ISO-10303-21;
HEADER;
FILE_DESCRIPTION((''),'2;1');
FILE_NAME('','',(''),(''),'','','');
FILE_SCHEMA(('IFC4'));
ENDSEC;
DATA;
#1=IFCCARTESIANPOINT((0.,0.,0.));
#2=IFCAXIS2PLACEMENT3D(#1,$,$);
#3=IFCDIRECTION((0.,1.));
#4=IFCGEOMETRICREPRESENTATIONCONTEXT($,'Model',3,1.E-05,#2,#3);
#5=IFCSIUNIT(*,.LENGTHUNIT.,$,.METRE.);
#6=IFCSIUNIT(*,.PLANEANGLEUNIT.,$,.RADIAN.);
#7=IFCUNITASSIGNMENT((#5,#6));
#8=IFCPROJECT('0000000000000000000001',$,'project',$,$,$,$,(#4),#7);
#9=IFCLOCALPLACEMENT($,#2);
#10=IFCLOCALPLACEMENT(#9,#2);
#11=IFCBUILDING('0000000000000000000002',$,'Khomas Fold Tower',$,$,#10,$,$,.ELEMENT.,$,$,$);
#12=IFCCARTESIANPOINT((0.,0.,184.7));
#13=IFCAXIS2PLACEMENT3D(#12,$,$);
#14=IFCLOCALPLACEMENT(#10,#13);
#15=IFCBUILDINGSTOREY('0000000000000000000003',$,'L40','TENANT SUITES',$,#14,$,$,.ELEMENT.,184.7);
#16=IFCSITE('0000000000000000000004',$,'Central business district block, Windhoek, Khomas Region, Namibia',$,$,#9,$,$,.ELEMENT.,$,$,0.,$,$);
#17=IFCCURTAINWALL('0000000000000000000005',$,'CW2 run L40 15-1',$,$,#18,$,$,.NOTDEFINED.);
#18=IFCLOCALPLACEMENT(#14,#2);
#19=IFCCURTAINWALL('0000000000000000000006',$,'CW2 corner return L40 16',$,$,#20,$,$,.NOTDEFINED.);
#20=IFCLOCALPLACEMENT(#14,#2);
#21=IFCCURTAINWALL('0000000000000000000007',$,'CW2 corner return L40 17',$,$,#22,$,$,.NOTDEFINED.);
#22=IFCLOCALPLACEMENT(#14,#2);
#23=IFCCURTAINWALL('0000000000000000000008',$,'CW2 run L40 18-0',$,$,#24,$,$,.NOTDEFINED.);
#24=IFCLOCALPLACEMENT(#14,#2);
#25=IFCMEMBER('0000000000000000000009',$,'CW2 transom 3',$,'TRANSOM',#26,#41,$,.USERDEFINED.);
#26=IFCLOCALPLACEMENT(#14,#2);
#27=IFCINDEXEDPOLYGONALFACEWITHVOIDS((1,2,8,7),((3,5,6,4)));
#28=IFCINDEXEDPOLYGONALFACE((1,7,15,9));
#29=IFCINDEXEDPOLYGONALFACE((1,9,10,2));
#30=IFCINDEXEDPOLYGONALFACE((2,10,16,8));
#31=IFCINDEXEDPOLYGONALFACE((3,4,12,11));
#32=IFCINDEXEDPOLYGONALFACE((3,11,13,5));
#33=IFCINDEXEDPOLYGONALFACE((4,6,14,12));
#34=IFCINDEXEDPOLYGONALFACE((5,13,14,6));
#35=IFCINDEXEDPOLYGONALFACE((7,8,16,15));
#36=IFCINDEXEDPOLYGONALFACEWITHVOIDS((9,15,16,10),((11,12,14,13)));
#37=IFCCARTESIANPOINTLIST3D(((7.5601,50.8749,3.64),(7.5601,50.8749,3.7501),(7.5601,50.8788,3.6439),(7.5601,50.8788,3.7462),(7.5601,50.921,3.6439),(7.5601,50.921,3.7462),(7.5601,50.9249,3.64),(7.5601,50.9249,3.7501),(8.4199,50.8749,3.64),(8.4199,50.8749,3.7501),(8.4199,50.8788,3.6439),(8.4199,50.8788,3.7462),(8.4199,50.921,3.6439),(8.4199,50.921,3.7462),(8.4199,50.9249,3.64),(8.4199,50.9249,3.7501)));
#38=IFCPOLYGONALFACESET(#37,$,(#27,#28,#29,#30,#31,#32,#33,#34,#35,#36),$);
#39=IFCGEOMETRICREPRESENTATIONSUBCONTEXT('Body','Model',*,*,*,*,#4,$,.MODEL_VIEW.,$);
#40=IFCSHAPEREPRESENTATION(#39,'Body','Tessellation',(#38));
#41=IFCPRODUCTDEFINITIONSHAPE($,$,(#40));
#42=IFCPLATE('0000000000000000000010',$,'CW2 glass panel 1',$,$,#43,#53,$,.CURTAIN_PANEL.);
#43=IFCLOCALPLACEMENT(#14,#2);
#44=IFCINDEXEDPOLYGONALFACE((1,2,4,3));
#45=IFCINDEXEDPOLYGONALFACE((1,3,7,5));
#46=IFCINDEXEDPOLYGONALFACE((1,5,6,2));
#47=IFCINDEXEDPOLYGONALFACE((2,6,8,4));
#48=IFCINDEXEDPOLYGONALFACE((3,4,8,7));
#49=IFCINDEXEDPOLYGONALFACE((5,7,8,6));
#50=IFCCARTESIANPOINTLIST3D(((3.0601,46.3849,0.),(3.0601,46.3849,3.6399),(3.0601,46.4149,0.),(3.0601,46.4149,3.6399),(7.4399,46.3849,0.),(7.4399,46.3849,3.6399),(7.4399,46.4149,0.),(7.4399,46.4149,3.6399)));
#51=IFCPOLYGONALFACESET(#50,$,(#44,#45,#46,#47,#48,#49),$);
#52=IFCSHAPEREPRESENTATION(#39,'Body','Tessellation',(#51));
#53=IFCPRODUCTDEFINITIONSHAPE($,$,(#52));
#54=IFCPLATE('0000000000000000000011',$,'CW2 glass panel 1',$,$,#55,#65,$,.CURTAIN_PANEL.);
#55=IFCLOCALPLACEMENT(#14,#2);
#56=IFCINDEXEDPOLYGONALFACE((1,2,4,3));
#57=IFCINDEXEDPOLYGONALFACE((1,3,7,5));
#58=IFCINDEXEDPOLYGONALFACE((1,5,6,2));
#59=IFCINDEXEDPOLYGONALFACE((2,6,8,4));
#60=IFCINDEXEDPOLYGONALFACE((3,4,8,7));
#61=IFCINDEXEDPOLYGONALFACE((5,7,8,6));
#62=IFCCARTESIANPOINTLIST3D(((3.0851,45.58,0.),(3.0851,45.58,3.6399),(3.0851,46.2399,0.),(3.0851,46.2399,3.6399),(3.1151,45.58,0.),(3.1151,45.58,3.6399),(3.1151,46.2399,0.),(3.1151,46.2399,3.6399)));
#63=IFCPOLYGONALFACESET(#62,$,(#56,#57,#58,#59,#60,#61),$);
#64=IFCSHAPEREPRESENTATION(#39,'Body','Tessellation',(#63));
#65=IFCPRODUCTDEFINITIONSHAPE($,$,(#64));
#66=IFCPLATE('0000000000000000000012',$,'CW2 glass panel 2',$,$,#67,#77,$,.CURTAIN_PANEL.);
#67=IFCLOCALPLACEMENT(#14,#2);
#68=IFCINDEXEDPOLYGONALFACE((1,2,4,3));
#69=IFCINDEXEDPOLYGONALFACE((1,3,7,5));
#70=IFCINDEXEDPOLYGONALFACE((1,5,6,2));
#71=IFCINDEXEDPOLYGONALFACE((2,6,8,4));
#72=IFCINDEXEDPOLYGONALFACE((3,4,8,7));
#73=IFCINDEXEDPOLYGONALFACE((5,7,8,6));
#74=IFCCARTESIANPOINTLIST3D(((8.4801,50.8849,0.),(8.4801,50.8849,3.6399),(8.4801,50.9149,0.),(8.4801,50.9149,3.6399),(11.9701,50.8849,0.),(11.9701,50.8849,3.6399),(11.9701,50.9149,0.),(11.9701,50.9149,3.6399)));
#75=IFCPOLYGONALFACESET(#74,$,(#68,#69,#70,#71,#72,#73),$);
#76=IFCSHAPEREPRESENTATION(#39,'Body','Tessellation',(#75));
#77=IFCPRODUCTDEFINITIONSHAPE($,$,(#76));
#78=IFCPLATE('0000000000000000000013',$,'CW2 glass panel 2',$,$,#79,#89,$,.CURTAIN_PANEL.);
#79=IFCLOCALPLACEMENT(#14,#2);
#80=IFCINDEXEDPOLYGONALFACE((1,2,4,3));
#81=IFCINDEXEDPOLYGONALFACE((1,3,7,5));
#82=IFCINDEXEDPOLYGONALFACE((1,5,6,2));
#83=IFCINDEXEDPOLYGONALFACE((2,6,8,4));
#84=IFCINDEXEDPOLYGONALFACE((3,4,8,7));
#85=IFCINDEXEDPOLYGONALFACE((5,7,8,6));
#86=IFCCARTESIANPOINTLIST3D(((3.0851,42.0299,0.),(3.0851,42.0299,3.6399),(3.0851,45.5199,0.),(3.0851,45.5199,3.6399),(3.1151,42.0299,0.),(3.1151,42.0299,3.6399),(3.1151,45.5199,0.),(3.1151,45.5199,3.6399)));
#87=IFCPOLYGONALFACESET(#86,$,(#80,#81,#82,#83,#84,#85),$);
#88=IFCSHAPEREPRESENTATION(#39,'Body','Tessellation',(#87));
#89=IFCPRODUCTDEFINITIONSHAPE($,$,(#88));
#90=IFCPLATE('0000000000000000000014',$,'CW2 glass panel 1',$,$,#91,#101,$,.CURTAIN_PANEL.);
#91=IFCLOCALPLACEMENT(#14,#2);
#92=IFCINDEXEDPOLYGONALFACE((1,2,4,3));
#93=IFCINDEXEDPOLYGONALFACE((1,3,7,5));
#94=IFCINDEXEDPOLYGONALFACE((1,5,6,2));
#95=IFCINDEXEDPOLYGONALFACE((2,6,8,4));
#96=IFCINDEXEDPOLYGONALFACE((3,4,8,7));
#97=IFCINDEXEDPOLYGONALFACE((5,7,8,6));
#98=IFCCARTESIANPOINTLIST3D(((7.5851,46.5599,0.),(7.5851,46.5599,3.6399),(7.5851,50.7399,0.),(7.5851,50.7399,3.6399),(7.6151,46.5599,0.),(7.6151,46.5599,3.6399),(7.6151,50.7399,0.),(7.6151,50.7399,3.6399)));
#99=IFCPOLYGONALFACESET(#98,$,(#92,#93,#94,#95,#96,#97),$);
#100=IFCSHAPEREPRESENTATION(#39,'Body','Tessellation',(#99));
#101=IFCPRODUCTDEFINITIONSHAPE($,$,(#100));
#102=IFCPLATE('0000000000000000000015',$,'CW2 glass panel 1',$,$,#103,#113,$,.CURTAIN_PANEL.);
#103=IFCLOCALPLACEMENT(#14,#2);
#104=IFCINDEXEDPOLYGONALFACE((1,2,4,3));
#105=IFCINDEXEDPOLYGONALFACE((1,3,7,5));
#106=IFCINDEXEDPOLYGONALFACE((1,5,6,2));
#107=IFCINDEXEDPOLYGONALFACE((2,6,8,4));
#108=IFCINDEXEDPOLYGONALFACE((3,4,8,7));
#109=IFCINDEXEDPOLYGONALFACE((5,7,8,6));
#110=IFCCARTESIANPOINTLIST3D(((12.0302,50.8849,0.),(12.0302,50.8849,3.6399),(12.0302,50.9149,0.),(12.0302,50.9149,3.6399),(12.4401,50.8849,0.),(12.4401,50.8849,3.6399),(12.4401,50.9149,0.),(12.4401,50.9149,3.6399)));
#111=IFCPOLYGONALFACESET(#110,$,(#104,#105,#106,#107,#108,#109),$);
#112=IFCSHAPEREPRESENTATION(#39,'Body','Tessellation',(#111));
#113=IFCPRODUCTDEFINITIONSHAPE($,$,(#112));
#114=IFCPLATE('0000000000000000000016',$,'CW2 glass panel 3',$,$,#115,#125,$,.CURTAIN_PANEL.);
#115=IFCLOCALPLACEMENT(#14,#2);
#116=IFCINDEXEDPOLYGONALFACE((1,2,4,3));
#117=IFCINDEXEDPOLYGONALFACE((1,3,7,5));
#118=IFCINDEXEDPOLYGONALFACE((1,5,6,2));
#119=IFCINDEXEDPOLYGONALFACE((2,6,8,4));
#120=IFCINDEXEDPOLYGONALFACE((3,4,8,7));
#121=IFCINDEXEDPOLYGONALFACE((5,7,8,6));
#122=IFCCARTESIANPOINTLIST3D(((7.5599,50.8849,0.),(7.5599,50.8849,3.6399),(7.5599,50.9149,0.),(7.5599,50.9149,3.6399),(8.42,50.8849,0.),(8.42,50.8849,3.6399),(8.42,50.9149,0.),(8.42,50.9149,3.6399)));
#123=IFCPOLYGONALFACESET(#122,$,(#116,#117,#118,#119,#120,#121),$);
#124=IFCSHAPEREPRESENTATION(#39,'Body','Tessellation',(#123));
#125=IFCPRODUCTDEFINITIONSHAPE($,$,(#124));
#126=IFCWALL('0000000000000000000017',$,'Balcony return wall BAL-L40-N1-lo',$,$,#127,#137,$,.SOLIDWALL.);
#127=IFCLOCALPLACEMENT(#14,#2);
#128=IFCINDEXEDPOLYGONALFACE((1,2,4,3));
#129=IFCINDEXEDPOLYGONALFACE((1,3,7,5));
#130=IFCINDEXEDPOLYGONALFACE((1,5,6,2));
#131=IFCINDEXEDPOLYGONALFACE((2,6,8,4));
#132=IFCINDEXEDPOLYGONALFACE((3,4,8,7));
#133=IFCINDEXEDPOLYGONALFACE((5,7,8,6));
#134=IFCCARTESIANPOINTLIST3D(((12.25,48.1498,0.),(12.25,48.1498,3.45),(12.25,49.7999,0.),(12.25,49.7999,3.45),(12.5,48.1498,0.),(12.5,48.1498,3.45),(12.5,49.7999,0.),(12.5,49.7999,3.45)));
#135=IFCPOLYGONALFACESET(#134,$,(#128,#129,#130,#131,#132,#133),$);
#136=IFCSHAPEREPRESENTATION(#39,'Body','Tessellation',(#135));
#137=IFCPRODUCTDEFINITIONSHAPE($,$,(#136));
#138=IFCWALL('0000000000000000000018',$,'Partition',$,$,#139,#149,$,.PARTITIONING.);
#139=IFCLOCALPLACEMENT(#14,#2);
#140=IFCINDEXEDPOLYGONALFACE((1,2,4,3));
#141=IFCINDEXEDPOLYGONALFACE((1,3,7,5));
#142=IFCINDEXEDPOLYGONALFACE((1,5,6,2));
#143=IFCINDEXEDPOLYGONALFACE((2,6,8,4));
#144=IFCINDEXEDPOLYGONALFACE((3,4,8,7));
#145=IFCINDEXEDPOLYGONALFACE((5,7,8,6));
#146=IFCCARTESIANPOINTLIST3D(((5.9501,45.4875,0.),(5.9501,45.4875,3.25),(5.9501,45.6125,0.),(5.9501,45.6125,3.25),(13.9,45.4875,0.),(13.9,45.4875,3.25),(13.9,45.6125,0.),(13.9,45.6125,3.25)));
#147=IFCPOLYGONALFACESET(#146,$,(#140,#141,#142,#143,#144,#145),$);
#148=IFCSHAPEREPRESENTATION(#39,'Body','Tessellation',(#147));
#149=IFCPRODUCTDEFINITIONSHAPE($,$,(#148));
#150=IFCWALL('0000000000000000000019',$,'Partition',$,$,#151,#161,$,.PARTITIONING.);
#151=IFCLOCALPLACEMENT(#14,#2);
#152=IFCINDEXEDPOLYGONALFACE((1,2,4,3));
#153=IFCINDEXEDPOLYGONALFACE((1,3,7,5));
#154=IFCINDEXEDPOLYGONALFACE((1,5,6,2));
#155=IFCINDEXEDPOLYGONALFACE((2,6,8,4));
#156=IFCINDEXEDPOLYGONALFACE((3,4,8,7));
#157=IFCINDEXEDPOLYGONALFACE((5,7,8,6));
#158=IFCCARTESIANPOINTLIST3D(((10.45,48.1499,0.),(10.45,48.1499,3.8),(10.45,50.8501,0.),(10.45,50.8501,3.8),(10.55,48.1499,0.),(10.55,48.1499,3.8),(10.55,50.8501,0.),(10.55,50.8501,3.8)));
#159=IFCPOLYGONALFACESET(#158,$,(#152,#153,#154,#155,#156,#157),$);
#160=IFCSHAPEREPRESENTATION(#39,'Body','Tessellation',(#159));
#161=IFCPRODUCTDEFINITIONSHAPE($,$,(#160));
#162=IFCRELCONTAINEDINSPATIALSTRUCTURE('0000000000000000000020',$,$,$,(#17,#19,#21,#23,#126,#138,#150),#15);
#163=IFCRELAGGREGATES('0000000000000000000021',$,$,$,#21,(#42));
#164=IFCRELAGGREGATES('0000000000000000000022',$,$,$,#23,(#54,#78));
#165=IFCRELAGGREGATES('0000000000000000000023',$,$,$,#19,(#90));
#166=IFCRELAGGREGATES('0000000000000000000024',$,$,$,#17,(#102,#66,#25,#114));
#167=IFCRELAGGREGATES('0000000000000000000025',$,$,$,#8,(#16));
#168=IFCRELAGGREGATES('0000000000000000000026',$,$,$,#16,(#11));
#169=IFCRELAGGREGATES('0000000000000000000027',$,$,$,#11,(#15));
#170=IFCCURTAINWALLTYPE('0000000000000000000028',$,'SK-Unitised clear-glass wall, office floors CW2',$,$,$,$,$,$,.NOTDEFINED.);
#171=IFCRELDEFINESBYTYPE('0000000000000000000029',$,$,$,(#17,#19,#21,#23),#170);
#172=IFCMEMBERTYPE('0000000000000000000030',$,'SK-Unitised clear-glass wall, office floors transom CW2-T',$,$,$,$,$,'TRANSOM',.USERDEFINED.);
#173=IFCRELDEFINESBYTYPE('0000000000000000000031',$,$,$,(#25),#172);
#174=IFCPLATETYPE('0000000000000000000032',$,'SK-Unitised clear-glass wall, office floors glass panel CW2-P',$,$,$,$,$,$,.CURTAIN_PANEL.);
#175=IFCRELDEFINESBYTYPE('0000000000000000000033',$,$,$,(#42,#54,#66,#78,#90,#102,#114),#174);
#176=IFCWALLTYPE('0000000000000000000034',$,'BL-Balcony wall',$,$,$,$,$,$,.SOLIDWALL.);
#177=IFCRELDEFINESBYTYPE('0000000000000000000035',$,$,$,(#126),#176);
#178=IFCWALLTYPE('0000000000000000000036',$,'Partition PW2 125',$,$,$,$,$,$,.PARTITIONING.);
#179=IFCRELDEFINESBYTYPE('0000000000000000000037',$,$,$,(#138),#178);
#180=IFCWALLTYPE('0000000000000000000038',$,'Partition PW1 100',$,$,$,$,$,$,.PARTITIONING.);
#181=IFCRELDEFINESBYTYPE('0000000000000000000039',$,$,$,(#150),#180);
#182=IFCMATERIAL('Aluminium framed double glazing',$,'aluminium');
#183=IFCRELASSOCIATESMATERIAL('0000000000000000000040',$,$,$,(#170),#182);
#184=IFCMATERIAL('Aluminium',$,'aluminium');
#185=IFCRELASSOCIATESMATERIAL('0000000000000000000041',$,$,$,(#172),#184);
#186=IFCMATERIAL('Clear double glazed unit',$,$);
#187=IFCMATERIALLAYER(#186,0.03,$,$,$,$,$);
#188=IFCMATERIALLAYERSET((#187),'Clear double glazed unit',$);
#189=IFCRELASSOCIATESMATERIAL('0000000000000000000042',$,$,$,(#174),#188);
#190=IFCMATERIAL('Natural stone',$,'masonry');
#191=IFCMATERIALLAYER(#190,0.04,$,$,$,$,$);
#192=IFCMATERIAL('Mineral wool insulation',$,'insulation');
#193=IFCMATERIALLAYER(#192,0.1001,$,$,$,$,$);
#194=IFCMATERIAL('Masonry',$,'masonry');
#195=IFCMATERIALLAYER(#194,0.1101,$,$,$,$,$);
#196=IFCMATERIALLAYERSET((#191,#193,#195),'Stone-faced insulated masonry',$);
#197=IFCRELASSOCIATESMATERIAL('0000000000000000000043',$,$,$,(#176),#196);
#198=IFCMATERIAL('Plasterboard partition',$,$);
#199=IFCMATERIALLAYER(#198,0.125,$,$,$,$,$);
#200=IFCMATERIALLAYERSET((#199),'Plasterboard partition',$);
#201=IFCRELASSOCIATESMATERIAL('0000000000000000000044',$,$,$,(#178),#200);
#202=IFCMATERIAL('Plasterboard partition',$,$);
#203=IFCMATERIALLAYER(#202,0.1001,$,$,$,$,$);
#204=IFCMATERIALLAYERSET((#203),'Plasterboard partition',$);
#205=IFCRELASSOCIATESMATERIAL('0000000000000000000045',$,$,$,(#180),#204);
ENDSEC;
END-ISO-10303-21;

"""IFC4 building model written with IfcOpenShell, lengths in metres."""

from ifc_helpers import new_model, si_unit, direction, frame, frame_2d, origin, origin_2d, place, context, subcontext, project, spatial, rectangle, hollow_rectangle, extrude, source, transform, mapped, material, layer, layer_set, material_profile, profile_set, type_object, element, aggregate, save


model = new_model("IFC4")

# Units and contexts
model_context = context("Model", 3, precision=1e-05, world=origin(), true_north=direction((0.0, 1.0)))
body_context = subcontext(model_context, "Body", "Model", "MODEL_VIEW")
ifc_project = project(units=[si_unit("LENGTHUNIT", "METRE"), si_unit("PLANEANGLEUNIT", "RADIAN")], contexts=[model_context])

# Site, building, storey
site_placement = place(None, origin())
site = spatial("IfcSite", under=ifc_project, at=site_placement, Name="Central business district block, Windhoek, Khomas Region, Namibia", CompositionType="ELEMENT", RefElevation=0.0)
building_placement = place(site_placement, origin())
building = spatial("IfcBuilding", under=site, at=building_placement, Name="Khomas Fold Tower", CompositionType="ELEMENT")
storey_placement = place(building_placement, frame((0.0, 0.0, 184.7)))
storey = spatial("IfcBuildingStorey", under=building, at=storey_placement, Name="L40", Description="TENANT SUITES", CompositionType="ELEMENT", Elevation=184.7)

# Curtain walls
ifc_material_1 = material(Name="Aluminium framed double glazing", Category="aluminium")
curtain_wall_type = type_object("IfcCurtainWallType", Name="SK-Unitised clear-glass wall, office floors CW2", PredefinedType="NOTDEFINED", material=ifc_material_1)
curtain_wall_1_placement = place(storey_placement, origin())
curtain_wall_1 = element("IfcCurtainWall", 1, at=curtain_wall_1_placement, inside=storey, type_object=curtain_wall_type, Name="CW2 run L40 15-1", PredefinedType="NOTDEFINED")
curtain_wall_2_placement = place(storey_placement, origin())
curtain_wall_2 = element("IfcCurtainWall", 2, at=curtain_wall_2_placement, inside=storey, type_object=curtain_wall_type, Name="CW2 corner return L40 16", PredefinedType="NOTDEFINED")
curtain_wall_3_placement = place(storey_placement, origin())
curtain_wall_3 = element("IfcCurtainWall", 3, at=curtain_wall_3_placement, inside=storey, type_object=curtain_wall_type, Name="CW2 corner return L40 17", PredefinedType="NOTDEFINED")

# Curtain wall
curtain_wall_4_placement = place(storey_placement, origin())
curtain_wall_4 = element("IfcCurtainWall", 4, at=curtain_wall_4_placement, inside=storey, type_object=curtain_wall_type, Name="CW2 run L40 18-0", PredefinedType="NOTDEFINED")

# Member
ifc_material_2 = material(Name="Aluminium", Category="aluminium")
ifc_material_profile_1 = material_profile(ifc_material_2, hollow_rectangle(XDim=0.05, YDim=0.1101, WallThickness=0.0039, at=origin_2d()), Name="SK-Unitised clear-glass wall, office floors transom CW2-T")
ifc_profile_set_1 = profile_set([ifc_material_profile_1], Name="Aluminium")
member_type_1 = type_object("IfcMemberType", Name="SK-Unitised clear-glass wall, office floors transom CW2-T", ElementType="TRANSOM", PredefinedType="USERDEFINED", material=ifc_profile_set_1)
shared_shape_1 = source(origin(), body_context, "Body", "SweptSolid", [
    extrude(hollow_rectangle(XDim=0.05, YDim=0.1101, WallThickness=0.0039, at=origin_2d()), origin(), (0.0, 0.0, 1.0), 0.8599),
])
member_1_placement = place(storey_placement, frame((8.4199, 50.8999, 3.6951), z_axis=(-1.0, 0.0, 0.0), x_axis=(0.0, -1.0, 0.0)))
member_1 = element("IfcMember", 5, at=member_1_placement, type_object=member_type_1, Name="CW2 transom 3", ObjectType="TRANSOM", PredefinedType="USERDEFINED", context=body_context, shape_type="MappedRepresentation", body=[
    mapped(shared_shape_1, transform((0.0, 0.0, 0.0))),
])

# Plates
ifc_material_3 = material(Name="Clear double glazed unit")
ifc_layer_1 = layer(ifc_material_3, 0.03)
ifc_layer_set_1 = layer_set([ifc_layer_1], Name="Clear double glazed unit")
plate_type = type_object("IfcPlateType", Name="SK-Unitised clear-glass wall, office floors glass panel CW2-P", PredefinedType="CURTAIN_PANEL", material=ifc_layer_set_1)
shared_shape_2 = source(origin(), body_context, "Body", "SweptSolid", [
    extrude(rectangle(XDim=4.3799, YDim=0.03, at=origin_2d()), origin(), (0.0, 0.0, 1.0), 3.6399),
])
plate_1_placement = place(storey_placement, frame((5.25, 46.3999, 0.0), z_axis=(0.0, 0.0, 1.0), x_axis=(-1.0, 0.0, 0.0)))
plate_1 = element("IfcPlate", 6, at=plate_1_placement, type_object=plate_type, Name="CW2 glass panel 1", PredefinedType="CURTAIN_PANEL", context=body_context, shape_type="MappedRepresentation", body=[
    mapped(shared_shape_2, transform((0.0, 0.0, 0.0))),
])
aggregate(curtain_wall_3, [plate_1])
shared_shape_3 = source(origin(), body_context, "Body", "SweptSolid", [
    extrude(rectangle(XDim=0.6599, YDim=0.03, at=origin_2d()), origin(), (0.0, 0.0, 1.0), 3.6399),
])
plate_2_placement = place(storey_placement, frame((3.1001, 45.9099, 0.0), z_axis=(0.0, 0.0, 1.0), x_axis=(0.0, -1.0, 0.0)))
plate_2 = element("IfcPlate", 7, at=plate_2_placement, type_object=plate_type, Name="CW2 glass panel 1", PredefinedType="CURTAIN_PANEL", context=body_context, shape_type="MappedRepresentation", body=[
    mapped(shared_shape_3, transform((0.0, 0.0, 0.0))),
])
shared_shape_4 = source(origin(), body_context, "Body", "SweptSolid", [
    extrude(rectangle(XDim=3.49, YDim=0.03, at=origin_2d()), origin(), (0.0, 0.0, 1.0), 3.6399),
])
plate_3_placement = place(storey_placement, frame((10.2251, 50.8999, 0.0), z_axis=(0.0, 0.0, 1.0), x_axis=(-1.0, 0.0, 0.0)))
plate_3 = element("IfcPlate", 8, at=plate_3_placement, type_object=plate_type, Name="CW2 glass panel 2", PredefinedType="CURTAIN_PANEL", context=body_context, shape_type="MappedRepresentation", body=[
    mapped(shared_shape_4, transform((0.0, 0.0, 0.0))),
])
plate_4_placement = place(storey_placement, frame((3.1001, 43.7749, 0.0), z_axis=(0.0, 0.0, 1.0), x_axis=(0.0, -1.0, 0.0)))
plate_4 = element("IfcPlate", 9, at=plate_4_placement, type_object=plate_type, Name="CW2 glass panel 2", PredefinedType="CURTAIN_PANEL", context=body_context, shape_type="MappedRepresentation", body=[
    mapped(shared_shape_4, transform((0.0, 0.0, 0.0))),
])
aggregate(curtain_wall_4, [plate_2, plate_4])
shared_shape_5 = source(origin(), body_context, "Body", "SweptSolid", [
    extrude(rectangle(XDim=4.1799, YDim=0.03, at=origin_2d()), origin(), (0.0, 0.0, 1.0), 3.6399),
])
plate_5_placement = place(storey_placement, frame((7.6001, 48.6499, 0.0), z_axis=(0.0, 0.0, 1.0), x_axis=(0.0, -1.0, 0.0)))
plate_5 = element("IfcPlate", 10, at=plate_5_placement, type_object=plate_type, Name="CW2 glass panel 1", PredefinedType="CURTAIN_PANEL", context=body_context, shape_type="MappedRepresentation", body=[
    mapped(shared_shape_5, transform((0.0, 0.0, 0.0))),
])
aggregate(curtain_wall_2, [plate_5])
shared_shape_6 = source(origin(), body_context, "Body", "SweptSolid", [
    extrude(rectangle(XDim=0.4099, YDim=0.03, at=origin_2d()), origin(), (0.0, 0.0, 1.0), 3.6399),
])
plate_6_placement = place(storey_placement, frame((12.2351, 50.8999, 0.0), z_axis=(0.0, 0.0, 1.0), x_axis=(-1.0, 0.0, 0.0)))
plate_6 = element("IfcPlate", 11, at=plate_6_placement, type_object=plate_type, Name="CW2 glass panel 1", PredefinedType="CURTAIN_PANEL", context=body_context, shape_type="MappedRepresentation", body=[
    mapped(shared_shape_6, transform((0.0, 0.0, 0.0))),
])
shared_shape_7 = source(origin(), body_context, "Body", "SweptSolid", [
    extrude(rectangle(XDim=0.8601, YDim=0.03, at=origin_2d()), origin(), (0.0, 0.0, 1.0), 3.6399),
])
plate_7_placement = place(storey_placement, frame((7.99, 50.8999, 0.0), z_axis=(0.0, 0.0, 1.0), x_axis=(-1.0, 0.0, 0.0)))
plate_7 = element("IfcPlate", 12, at=plate_7_placement, type_object=plate_type, Name="CW2 glass panel 3", PredefinedType="CURTAIN_PANEL", context=body_context, shape_type="MappedRepresentation", body=[
    mapped(shared_shape_7, transform((0.0, 0.0, 0.0))),
])
aggregate(curtain_wall_1, [plate_6, plate_3, member_1, plate_7])

# Walls
ifc_material_4 = material(Name="Natural stone", Category="masonry")
ifc_layer_2 = layer(ifc_material_4, 0.04)
ifc_material_5 = material(Name="Mineral wool insulation", Category="insulation")
ifc_layer_3 = layer(ifc_material_5, 0.1001)
ifc_material_6 = material(Name="Masonry", Category="masonry")
ifc_layer_4 = layer(ifc_material_6, 0.1101)
ifc_layer_set_2 = layer_set([ifc_layer_2, ifc_layer_3, ifc_layer_4], Name="Stone-faced insulated masonry")
wall_type_1 = type_object("IfcWallType", Name="BL-Balcony wall", PredefinedType="SOLIDWALL", material=ifc_layer_set_2)
shared_shape_8 = source(origin(), body_context, "Body", "SweptSolid", [
    extrude(rectangle(XDim=1.6501, YDim=0.25, at=frame_2d((0.8252, 0.0))), origin(), (0.0, 0.0, 1.0), 3.45),
])
wall_1_placement = place(storey_placement, frame((12.375, 49.8, 0.0), z_axis=(0.0, 0.0, 1.0), x_axis=(0.0, -1.0, 0.0)))
element("IfcWall", 13, at=wall_1_placement, inside=storey, type_object=wall_type_1, Name="Balcony return wall BAL-L40-N1-lo", PredefinedType="SOLIDWALL", context=body_context, shape_type="MappedRepresentation", body=[
    mapped(shared_shape_8, transform((0.0, 0.0, 0.0))),
])
ifc_material_7 = material(Name="Plasterboard partition")
ifc_layer_5 = layer(ifc_material_7, 0.125)
ifc_layer_set_3 = layer_set([ifc_layer_5], Name="Plasterboard partition")
wall_type_2 = type_object("IfcWallType", Name="Partition PW2 125", PredefinedType="PARTITIONING", material=ifc_layer_set_3)
shared_shape_9 = source(origin(), body_context, "Body", "SweptSolid", [
    extrude(rectangle(XDim=7.95, YDim=0.125, at=frame_2d((3.9751, 0.0))), origin(), (0.0, 0.0, 1.0), 3.25),
])
wall_2_placement = place(storey_placement, frame((5.95, 45.55, 0.0), z_axis=(0.0, 0.0, 1.0), x_axis=(1.0, 0.0, 0.0)))
element("IfcWall", 14, at=wall_2_placement, inside=storey, type_object=wall_type_2, Name="Partition", PredefinedType="PARTITIONING", context=body_context, shape_type="MappedRepresentation", body=[
    mapped(shared_shape_9, transform((0.0, 0.0, 0.0))),
])
ifc_material_8 = material(Name="Plasterboard partition")
ifc_layer_6 = layer(ifc_material_8, 0.1001)
ifc_layer_set_4 = layer_set([ifc_layer_6], Name="Plasterboard partition")
wall_type_3 = type_object("IfcWallType", Name="Partition PW1 100", PredefinedType="PARTITIONING", material=ifc_layer_set_4)
shared_shape_10 = source(origin(), body_context, "Body", "SweptSolid", [
    extrude(rectangle(XDim=2.7002, YDim=0.1001, at=frame_2d((1.3501, 0.0))), origin(), (0.0, 0.0, 1.0), 3.8),
])
wall_3_placement = place(storey_placement, frame((10.5, 48.1499, 0.0), z_axis=(0.0, 0.0, 1.0), x_axis=(0.0, 1.0, 0.0)))
element("IfcWall", 15, at=wall_3_placement, inside=storey, type_object=wall_type_3, Name="Partition", PredefinedType="PARTITIONING", context=body_context, shape_type="MappedRepresentation", body=[
    mapped(shared_shape_10, transform((0.0, 0.0, 0.0))),
])

save(model, "model.ifc")
